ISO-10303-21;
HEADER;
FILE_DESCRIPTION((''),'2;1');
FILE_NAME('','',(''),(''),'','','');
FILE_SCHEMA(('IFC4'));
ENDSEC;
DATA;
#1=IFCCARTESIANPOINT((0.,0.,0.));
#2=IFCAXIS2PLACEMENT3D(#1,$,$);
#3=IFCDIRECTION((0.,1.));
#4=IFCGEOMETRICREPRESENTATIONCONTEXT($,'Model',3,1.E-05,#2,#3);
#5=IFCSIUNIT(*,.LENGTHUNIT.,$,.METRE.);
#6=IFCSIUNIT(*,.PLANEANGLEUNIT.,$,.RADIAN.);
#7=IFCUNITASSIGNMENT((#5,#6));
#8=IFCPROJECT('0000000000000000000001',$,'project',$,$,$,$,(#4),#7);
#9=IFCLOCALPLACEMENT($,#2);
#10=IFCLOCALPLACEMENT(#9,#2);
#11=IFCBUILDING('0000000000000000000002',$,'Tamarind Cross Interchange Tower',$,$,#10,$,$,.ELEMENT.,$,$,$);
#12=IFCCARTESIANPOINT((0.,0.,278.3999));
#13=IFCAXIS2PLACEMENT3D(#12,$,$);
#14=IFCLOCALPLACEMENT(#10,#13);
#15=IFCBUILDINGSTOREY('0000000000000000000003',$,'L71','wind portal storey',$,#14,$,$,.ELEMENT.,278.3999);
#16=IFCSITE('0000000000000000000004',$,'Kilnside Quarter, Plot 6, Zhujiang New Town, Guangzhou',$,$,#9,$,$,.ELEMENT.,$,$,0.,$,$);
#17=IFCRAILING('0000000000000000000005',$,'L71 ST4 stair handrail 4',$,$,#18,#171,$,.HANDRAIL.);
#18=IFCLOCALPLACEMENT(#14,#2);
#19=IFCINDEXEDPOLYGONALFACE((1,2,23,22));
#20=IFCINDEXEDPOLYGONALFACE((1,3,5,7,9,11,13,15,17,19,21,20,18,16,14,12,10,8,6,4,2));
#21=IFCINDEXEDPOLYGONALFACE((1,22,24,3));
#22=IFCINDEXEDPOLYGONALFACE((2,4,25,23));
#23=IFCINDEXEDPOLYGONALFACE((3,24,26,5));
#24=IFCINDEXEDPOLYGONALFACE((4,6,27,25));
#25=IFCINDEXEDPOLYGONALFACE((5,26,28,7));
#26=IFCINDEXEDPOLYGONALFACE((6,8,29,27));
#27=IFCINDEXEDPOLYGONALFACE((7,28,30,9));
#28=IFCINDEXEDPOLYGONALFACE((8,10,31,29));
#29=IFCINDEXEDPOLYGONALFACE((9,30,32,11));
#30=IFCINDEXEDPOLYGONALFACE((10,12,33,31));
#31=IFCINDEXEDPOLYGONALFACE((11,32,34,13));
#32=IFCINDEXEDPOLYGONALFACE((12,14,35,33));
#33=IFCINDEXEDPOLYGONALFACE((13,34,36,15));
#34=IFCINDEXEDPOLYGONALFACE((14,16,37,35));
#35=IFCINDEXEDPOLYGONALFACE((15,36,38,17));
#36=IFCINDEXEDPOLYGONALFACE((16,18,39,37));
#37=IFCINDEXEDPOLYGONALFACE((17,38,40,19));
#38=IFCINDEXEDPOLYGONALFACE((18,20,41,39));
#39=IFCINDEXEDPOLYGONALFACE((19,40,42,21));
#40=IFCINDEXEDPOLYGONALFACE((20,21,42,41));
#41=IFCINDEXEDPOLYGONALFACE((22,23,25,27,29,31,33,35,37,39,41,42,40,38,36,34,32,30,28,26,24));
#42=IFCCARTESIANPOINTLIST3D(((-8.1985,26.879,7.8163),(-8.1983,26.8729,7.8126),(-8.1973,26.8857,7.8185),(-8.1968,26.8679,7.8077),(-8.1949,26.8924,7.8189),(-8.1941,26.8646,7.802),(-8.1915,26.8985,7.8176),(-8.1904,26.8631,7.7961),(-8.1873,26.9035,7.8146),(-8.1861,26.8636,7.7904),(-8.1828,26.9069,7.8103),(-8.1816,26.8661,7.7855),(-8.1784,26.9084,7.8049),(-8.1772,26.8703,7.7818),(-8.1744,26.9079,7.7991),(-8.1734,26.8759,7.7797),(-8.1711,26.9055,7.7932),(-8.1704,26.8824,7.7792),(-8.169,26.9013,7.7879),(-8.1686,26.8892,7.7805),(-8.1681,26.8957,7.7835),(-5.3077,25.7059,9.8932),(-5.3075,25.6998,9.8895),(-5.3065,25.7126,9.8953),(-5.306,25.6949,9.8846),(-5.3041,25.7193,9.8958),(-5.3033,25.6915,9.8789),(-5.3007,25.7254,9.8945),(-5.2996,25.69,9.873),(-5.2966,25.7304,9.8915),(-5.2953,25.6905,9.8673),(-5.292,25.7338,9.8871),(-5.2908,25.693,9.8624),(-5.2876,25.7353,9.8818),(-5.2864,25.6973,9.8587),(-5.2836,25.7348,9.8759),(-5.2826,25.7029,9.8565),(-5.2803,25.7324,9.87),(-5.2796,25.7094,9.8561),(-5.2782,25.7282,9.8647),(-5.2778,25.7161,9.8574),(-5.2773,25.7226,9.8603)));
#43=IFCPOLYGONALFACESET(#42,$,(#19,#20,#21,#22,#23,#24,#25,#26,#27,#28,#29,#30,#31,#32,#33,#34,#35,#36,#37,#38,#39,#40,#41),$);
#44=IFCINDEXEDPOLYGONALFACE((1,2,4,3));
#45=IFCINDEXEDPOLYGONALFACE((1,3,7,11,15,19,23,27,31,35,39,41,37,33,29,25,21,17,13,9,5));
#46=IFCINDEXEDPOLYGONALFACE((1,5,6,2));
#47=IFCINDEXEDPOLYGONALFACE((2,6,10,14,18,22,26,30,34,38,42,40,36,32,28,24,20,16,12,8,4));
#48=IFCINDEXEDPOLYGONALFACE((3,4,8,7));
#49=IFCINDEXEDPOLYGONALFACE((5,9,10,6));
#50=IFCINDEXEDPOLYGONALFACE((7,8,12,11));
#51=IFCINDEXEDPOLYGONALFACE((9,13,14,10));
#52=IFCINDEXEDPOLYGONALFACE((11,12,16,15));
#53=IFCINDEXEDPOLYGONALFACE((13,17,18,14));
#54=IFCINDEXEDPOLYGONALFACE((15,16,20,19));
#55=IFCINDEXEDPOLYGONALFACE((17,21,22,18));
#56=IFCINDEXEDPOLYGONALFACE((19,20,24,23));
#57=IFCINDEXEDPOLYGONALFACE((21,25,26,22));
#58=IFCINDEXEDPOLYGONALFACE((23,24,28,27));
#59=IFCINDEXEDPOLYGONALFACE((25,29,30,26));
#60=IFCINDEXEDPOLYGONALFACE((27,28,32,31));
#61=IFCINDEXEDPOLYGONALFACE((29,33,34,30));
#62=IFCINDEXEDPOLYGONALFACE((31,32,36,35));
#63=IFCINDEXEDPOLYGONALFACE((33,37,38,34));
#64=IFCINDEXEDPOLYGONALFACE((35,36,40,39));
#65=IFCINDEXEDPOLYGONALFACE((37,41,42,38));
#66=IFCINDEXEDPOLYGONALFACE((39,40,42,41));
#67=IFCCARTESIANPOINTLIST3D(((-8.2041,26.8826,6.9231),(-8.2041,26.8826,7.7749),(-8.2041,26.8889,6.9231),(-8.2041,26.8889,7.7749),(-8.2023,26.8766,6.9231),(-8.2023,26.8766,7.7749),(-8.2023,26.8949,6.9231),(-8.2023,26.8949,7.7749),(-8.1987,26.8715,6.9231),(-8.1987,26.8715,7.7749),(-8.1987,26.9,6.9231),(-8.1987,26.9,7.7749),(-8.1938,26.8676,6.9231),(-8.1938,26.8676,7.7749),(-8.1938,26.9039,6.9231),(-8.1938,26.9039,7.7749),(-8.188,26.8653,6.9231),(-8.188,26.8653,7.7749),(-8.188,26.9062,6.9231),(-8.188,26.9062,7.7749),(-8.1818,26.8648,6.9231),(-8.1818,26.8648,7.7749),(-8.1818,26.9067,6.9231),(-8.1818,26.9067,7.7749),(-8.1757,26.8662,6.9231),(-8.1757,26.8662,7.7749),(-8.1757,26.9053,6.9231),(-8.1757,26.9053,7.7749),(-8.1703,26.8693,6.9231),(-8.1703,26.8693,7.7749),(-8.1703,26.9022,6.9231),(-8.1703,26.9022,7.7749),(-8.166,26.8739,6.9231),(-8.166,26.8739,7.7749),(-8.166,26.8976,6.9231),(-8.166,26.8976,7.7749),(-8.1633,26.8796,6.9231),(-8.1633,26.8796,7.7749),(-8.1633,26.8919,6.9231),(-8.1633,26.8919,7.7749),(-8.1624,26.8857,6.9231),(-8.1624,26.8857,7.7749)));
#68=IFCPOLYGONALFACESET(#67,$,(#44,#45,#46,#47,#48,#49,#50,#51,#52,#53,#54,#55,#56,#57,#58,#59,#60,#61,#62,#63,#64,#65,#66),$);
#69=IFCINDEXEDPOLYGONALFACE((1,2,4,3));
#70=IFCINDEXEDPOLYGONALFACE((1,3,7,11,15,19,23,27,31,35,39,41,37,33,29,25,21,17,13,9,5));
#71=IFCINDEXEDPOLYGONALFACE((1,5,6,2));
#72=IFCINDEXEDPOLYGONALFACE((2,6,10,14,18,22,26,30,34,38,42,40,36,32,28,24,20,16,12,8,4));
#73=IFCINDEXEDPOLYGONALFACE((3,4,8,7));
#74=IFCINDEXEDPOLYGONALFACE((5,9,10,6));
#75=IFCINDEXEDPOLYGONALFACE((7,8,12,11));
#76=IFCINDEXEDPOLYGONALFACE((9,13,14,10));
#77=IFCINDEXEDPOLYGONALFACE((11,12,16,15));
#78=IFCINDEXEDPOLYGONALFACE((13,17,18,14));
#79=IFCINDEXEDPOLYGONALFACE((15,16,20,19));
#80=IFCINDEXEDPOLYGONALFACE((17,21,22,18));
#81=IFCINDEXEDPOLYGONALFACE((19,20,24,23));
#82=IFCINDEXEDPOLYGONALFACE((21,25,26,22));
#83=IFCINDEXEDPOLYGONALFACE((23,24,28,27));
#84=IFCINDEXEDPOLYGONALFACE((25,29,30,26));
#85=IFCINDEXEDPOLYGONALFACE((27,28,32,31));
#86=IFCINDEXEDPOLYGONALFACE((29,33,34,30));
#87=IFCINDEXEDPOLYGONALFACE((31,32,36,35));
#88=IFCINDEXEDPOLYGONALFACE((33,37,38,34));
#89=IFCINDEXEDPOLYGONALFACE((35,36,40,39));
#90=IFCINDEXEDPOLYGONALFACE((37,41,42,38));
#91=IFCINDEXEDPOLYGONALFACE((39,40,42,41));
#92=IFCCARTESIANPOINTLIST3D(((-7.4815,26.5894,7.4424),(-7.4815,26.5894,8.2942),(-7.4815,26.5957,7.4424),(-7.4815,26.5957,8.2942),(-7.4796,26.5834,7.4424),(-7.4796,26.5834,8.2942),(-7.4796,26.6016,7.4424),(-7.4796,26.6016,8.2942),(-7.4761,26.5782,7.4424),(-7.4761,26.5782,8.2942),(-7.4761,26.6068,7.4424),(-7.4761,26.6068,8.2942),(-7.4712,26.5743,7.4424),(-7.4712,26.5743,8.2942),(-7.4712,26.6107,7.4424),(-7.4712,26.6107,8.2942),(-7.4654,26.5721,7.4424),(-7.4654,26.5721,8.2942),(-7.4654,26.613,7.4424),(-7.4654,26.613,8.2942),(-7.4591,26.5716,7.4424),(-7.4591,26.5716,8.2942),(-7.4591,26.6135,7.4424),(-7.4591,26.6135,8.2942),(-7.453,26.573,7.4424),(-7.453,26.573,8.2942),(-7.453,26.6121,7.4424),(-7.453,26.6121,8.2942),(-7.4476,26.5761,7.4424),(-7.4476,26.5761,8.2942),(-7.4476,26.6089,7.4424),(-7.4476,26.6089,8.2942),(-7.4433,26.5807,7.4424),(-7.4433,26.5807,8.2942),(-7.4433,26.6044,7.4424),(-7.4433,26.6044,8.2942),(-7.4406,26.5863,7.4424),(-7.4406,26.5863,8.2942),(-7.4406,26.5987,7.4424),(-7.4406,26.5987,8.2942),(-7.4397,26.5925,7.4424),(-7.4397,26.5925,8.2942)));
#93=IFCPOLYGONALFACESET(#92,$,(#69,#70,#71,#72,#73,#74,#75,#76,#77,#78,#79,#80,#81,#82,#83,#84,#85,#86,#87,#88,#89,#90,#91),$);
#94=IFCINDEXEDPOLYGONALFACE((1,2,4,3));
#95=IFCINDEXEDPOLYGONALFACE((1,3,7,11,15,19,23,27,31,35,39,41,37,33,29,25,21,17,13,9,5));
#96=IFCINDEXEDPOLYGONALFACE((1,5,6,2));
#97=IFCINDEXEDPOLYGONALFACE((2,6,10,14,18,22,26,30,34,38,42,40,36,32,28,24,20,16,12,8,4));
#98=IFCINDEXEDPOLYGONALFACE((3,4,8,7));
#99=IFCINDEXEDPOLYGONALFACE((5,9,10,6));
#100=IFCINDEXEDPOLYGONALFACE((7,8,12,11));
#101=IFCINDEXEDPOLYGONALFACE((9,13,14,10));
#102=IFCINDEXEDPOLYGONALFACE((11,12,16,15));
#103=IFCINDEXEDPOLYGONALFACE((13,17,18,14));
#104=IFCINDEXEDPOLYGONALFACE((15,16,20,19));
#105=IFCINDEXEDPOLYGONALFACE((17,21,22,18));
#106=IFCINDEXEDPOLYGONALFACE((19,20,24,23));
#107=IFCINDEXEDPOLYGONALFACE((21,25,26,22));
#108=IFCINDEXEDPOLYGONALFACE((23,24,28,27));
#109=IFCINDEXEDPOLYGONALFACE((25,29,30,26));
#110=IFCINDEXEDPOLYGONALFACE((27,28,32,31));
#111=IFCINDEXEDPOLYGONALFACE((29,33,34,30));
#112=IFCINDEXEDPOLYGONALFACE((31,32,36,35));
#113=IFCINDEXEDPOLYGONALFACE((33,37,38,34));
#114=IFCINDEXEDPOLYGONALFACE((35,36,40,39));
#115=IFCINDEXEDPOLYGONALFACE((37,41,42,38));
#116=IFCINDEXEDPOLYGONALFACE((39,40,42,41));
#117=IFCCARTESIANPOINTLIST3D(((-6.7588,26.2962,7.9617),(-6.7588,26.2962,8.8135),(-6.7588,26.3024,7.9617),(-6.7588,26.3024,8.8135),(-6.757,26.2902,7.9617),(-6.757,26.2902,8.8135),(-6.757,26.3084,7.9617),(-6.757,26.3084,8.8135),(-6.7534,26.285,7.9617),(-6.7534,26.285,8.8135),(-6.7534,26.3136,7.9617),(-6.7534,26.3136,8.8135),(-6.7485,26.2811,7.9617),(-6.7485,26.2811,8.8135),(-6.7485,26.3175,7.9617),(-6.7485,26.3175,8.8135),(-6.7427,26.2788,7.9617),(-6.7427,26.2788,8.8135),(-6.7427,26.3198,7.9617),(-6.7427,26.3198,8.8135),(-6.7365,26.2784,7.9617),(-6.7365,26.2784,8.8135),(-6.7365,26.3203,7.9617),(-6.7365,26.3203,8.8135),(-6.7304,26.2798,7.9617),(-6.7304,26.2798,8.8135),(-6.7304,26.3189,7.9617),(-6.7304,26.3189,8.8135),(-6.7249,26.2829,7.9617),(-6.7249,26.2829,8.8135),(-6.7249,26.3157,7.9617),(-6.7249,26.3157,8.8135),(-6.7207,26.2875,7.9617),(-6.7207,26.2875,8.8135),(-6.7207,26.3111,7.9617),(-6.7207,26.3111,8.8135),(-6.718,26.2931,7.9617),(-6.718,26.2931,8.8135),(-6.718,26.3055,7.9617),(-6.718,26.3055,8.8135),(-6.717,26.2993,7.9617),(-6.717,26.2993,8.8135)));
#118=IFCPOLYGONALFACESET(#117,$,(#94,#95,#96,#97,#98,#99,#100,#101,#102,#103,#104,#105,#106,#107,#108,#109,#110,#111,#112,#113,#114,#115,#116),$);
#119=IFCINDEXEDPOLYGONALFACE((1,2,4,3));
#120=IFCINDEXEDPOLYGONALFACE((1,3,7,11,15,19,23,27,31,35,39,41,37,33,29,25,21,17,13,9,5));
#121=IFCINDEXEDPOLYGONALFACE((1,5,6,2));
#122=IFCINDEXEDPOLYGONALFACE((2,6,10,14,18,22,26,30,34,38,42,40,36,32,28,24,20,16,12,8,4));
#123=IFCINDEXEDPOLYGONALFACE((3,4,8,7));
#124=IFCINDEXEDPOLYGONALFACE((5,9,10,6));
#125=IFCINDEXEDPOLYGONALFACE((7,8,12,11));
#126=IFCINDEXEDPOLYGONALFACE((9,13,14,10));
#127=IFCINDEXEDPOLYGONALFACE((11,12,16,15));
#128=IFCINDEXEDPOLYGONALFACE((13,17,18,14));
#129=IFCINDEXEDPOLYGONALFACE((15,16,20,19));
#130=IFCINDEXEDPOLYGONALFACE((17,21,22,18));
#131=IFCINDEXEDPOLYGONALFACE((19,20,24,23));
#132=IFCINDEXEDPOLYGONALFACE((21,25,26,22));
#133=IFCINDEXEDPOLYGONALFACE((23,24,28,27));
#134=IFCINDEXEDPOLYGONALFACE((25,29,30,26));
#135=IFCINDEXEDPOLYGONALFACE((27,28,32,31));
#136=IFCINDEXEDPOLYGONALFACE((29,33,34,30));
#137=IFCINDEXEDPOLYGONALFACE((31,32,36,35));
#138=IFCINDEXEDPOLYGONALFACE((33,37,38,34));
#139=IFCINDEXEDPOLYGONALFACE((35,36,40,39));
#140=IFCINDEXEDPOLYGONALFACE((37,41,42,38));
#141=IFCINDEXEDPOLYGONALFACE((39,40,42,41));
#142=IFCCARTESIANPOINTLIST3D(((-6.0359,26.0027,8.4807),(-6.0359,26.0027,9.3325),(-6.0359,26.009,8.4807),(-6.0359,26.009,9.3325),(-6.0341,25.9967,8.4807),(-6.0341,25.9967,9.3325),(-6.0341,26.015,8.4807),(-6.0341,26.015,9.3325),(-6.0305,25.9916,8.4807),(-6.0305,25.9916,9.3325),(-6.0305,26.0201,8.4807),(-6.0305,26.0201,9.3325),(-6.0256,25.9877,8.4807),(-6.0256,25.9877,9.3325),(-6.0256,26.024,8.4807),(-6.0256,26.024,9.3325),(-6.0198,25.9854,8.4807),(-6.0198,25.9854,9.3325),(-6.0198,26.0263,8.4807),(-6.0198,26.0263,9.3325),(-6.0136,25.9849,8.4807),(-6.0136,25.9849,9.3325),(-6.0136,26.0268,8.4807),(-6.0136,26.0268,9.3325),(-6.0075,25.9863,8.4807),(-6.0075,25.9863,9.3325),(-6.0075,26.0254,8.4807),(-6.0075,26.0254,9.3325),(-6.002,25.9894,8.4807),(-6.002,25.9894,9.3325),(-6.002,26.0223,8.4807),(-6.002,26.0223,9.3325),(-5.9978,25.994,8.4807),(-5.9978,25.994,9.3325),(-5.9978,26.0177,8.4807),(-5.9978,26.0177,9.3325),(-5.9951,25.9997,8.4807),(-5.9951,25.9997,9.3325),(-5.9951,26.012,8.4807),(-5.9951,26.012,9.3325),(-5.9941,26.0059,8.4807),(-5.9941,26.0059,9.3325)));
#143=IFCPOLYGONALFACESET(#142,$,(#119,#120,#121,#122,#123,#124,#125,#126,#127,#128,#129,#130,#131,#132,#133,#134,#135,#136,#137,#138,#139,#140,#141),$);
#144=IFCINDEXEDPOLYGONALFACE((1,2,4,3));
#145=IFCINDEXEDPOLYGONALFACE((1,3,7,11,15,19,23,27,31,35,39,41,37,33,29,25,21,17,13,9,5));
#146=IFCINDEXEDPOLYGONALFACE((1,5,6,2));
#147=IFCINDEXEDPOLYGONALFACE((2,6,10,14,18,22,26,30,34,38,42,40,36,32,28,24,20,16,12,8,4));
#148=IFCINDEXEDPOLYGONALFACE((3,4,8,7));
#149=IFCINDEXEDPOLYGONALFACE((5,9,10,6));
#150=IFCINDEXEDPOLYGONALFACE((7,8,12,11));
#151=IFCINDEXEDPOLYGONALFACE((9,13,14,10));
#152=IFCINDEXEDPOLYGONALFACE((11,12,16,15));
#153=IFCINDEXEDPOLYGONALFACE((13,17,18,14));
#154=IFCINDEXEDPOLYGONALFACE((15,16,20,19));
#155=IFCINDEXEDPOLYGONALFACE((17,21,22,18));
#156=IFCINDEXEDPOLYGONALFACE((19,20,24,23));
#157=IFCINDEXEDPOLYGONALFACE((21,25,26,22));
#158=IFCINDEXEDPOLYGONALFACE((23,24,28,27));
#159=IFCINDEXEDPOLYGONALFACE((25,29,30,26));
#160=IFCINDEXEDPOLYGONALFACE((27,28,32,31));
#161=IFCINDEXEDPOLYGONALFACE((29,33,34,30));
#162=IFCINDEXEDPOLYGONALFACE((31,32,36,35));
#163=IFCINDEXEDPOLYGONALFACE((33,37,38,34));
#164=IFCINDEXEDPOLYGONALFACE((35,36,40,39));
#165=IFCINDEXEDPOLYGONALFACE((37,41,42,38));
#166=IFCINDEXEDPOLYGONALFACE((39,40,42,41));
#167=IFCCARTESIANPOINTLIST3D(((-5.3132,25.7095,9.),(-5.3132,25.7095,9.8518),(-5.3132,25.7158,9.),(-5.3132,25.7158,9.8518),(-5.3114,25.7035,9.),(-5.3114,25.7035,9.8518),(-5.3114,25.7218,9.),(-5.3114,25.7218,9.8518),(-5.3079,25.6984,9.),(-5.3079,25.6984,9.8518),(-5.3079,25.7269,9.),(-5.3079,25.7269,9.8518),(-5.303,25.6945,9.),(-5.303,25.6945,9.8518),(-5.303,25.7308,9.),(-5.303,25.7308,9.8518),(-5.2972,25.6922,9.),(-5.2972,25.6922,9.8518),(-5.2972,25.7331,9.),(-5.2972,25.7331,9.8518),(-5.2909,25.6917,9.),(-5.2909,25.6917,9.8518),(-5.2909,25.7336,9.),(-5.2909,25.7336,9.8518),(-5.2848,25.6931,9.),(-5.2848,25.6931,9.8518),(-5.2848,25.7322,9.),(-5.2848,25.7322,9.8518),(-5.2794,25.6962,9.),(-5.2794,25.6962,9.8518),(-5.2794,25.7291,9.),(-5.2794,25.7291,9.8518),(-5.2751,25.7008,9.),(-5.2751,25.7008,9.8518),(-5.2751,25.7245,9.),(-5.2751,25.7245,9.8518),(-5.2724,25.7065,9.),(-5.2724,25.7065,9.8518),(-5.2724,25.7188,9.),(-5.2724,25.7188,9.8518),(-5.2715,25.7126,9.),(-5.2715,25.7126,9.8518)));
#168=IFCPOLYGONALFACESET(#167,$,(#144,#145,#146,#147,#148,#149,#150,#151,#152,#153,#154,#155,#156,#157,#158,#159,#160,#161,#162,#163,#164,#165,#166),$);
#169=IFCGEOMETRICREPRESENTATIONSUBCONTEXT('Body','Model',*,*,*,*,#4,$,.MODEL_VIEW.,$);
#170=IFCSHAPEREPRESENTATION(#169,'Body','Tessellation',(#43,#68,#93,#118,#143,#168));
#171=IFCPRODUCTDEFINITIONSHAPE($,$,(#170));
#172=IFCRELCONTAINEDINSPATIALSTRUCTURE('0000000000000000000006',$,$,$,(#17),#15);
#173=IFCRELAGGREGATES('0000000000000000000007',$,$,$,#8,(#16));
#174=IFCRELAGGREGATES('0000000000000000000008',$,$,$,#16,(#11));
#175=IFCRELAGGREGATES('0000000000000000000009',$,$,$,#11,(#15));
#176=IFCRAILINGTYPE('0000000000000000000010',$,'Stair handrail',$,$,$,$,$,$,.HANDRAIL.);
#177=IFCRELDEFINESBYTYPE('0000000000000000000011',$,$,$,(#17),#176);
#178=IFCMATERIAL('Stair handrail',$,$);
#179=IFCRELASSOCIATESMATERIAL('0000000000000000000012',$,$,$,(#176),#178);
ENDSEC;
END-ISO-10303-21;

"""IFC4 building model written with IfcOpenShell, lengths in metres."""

from ifc_helpers import new_model, si_unit, direction, frame, origin, origin_2d, place, context, subcontext, project, spatial, circle, extrude, material, type_object, element, save


model = new_model("IFC4")

# Units and contexts
model_context = context("Model", 3, precision=1e-05, world=origin(), true_north=direction((0.0, 1.0)))
body_context = subcontext(model_context, "Body", "Model", "MODEL_VIEW")
ifc_project = project(units=[si_unit("LENGTHUNIT", "METRE"), si_unit("PLANEANGLEUNIT", "RADIAN")], contexts=[model_context])

# Site, building, storey
site_placement = place(None, origin())
site = spatial("IfcSite", under=ifc_project, at=site_placement, Name="Kilnside Quarter, Plot 6, Zhujiang New Town, Guangzhou", CompositionType="ELEMENT", RefElevation=0.0)
building_placement = place(site_placement, origin())
building = spatial("IfcBuilding", under=site, at=building_placement, Name="Tamarind Cross Interchange Tower", CompositionType="ELEMENT")
storey_placement = place(building_placement, frame((0.0, 0.0, 278.3999)))
storey = spatial("IfcBuildingStorey", under=building, at=storey_placement, Name="L71", Description="wind portal storey", CompositionType="ELEMENT", Elevation=278.3999)

# Railing
ifc_material_1 = material(Name="Stair handrail")
railing_type_1 = type_object("IfcRailingType", Name="Stair handrail", PredefinedType="HANDRAIL", material=ifc_material_1)
for number, where, name in (
    (1, (-8.1833, 26.8857, 6.9231), "L71 ST4 stair handrail 4"),
):
    element("IfcRailing", number, at=place(storey_placement, frame(where)), inside=storey, type_object=railing_type_1, Name=name, PredefinedType="HANDRAIL", context=body_context, shape_type="SweptSolid", body=[
        extrude(circle(Radius=0.0239, at=origin_2d()), frame((0.0, 0.0, 0.876), z_axis=(0.771329, -0.313, 0.55415), x_axis=(0.376014, 0.926614, 0.0)), (0.0, 0.0, 1.0), 3.7478),
        extrude(circle(Radius=0.021, at=origin_2d()), origin(), (0.0, 0.0, 1.0), 0.8518),
        extrude(circle(Radius=0.021, at=origin_2d()), frame((0.7227, -0.2932, 0.5193)), (0.0, 0.0, 1.0), 0.8518),
        extrude(circle(Radius=0.021, at=origin_2d()), frame((1.4453, -0.5864, 1.0386)), (0.0, 0.0, 1.0), 0.8518),
        extrude(circle(Radius=0.021, at=origin_2d()), frame((2.1682, -0.8799, 1.5576)), (0.0, 0.0, 1.0), 0.8518),
        extrude(circle(Radius=0.021, at=origin_2d()), frame((2.8909, -1.1731, 2.0769)), (0.0, 0.0, 1.0), 0.8518),
    ])

save(model, "model.ifc")
